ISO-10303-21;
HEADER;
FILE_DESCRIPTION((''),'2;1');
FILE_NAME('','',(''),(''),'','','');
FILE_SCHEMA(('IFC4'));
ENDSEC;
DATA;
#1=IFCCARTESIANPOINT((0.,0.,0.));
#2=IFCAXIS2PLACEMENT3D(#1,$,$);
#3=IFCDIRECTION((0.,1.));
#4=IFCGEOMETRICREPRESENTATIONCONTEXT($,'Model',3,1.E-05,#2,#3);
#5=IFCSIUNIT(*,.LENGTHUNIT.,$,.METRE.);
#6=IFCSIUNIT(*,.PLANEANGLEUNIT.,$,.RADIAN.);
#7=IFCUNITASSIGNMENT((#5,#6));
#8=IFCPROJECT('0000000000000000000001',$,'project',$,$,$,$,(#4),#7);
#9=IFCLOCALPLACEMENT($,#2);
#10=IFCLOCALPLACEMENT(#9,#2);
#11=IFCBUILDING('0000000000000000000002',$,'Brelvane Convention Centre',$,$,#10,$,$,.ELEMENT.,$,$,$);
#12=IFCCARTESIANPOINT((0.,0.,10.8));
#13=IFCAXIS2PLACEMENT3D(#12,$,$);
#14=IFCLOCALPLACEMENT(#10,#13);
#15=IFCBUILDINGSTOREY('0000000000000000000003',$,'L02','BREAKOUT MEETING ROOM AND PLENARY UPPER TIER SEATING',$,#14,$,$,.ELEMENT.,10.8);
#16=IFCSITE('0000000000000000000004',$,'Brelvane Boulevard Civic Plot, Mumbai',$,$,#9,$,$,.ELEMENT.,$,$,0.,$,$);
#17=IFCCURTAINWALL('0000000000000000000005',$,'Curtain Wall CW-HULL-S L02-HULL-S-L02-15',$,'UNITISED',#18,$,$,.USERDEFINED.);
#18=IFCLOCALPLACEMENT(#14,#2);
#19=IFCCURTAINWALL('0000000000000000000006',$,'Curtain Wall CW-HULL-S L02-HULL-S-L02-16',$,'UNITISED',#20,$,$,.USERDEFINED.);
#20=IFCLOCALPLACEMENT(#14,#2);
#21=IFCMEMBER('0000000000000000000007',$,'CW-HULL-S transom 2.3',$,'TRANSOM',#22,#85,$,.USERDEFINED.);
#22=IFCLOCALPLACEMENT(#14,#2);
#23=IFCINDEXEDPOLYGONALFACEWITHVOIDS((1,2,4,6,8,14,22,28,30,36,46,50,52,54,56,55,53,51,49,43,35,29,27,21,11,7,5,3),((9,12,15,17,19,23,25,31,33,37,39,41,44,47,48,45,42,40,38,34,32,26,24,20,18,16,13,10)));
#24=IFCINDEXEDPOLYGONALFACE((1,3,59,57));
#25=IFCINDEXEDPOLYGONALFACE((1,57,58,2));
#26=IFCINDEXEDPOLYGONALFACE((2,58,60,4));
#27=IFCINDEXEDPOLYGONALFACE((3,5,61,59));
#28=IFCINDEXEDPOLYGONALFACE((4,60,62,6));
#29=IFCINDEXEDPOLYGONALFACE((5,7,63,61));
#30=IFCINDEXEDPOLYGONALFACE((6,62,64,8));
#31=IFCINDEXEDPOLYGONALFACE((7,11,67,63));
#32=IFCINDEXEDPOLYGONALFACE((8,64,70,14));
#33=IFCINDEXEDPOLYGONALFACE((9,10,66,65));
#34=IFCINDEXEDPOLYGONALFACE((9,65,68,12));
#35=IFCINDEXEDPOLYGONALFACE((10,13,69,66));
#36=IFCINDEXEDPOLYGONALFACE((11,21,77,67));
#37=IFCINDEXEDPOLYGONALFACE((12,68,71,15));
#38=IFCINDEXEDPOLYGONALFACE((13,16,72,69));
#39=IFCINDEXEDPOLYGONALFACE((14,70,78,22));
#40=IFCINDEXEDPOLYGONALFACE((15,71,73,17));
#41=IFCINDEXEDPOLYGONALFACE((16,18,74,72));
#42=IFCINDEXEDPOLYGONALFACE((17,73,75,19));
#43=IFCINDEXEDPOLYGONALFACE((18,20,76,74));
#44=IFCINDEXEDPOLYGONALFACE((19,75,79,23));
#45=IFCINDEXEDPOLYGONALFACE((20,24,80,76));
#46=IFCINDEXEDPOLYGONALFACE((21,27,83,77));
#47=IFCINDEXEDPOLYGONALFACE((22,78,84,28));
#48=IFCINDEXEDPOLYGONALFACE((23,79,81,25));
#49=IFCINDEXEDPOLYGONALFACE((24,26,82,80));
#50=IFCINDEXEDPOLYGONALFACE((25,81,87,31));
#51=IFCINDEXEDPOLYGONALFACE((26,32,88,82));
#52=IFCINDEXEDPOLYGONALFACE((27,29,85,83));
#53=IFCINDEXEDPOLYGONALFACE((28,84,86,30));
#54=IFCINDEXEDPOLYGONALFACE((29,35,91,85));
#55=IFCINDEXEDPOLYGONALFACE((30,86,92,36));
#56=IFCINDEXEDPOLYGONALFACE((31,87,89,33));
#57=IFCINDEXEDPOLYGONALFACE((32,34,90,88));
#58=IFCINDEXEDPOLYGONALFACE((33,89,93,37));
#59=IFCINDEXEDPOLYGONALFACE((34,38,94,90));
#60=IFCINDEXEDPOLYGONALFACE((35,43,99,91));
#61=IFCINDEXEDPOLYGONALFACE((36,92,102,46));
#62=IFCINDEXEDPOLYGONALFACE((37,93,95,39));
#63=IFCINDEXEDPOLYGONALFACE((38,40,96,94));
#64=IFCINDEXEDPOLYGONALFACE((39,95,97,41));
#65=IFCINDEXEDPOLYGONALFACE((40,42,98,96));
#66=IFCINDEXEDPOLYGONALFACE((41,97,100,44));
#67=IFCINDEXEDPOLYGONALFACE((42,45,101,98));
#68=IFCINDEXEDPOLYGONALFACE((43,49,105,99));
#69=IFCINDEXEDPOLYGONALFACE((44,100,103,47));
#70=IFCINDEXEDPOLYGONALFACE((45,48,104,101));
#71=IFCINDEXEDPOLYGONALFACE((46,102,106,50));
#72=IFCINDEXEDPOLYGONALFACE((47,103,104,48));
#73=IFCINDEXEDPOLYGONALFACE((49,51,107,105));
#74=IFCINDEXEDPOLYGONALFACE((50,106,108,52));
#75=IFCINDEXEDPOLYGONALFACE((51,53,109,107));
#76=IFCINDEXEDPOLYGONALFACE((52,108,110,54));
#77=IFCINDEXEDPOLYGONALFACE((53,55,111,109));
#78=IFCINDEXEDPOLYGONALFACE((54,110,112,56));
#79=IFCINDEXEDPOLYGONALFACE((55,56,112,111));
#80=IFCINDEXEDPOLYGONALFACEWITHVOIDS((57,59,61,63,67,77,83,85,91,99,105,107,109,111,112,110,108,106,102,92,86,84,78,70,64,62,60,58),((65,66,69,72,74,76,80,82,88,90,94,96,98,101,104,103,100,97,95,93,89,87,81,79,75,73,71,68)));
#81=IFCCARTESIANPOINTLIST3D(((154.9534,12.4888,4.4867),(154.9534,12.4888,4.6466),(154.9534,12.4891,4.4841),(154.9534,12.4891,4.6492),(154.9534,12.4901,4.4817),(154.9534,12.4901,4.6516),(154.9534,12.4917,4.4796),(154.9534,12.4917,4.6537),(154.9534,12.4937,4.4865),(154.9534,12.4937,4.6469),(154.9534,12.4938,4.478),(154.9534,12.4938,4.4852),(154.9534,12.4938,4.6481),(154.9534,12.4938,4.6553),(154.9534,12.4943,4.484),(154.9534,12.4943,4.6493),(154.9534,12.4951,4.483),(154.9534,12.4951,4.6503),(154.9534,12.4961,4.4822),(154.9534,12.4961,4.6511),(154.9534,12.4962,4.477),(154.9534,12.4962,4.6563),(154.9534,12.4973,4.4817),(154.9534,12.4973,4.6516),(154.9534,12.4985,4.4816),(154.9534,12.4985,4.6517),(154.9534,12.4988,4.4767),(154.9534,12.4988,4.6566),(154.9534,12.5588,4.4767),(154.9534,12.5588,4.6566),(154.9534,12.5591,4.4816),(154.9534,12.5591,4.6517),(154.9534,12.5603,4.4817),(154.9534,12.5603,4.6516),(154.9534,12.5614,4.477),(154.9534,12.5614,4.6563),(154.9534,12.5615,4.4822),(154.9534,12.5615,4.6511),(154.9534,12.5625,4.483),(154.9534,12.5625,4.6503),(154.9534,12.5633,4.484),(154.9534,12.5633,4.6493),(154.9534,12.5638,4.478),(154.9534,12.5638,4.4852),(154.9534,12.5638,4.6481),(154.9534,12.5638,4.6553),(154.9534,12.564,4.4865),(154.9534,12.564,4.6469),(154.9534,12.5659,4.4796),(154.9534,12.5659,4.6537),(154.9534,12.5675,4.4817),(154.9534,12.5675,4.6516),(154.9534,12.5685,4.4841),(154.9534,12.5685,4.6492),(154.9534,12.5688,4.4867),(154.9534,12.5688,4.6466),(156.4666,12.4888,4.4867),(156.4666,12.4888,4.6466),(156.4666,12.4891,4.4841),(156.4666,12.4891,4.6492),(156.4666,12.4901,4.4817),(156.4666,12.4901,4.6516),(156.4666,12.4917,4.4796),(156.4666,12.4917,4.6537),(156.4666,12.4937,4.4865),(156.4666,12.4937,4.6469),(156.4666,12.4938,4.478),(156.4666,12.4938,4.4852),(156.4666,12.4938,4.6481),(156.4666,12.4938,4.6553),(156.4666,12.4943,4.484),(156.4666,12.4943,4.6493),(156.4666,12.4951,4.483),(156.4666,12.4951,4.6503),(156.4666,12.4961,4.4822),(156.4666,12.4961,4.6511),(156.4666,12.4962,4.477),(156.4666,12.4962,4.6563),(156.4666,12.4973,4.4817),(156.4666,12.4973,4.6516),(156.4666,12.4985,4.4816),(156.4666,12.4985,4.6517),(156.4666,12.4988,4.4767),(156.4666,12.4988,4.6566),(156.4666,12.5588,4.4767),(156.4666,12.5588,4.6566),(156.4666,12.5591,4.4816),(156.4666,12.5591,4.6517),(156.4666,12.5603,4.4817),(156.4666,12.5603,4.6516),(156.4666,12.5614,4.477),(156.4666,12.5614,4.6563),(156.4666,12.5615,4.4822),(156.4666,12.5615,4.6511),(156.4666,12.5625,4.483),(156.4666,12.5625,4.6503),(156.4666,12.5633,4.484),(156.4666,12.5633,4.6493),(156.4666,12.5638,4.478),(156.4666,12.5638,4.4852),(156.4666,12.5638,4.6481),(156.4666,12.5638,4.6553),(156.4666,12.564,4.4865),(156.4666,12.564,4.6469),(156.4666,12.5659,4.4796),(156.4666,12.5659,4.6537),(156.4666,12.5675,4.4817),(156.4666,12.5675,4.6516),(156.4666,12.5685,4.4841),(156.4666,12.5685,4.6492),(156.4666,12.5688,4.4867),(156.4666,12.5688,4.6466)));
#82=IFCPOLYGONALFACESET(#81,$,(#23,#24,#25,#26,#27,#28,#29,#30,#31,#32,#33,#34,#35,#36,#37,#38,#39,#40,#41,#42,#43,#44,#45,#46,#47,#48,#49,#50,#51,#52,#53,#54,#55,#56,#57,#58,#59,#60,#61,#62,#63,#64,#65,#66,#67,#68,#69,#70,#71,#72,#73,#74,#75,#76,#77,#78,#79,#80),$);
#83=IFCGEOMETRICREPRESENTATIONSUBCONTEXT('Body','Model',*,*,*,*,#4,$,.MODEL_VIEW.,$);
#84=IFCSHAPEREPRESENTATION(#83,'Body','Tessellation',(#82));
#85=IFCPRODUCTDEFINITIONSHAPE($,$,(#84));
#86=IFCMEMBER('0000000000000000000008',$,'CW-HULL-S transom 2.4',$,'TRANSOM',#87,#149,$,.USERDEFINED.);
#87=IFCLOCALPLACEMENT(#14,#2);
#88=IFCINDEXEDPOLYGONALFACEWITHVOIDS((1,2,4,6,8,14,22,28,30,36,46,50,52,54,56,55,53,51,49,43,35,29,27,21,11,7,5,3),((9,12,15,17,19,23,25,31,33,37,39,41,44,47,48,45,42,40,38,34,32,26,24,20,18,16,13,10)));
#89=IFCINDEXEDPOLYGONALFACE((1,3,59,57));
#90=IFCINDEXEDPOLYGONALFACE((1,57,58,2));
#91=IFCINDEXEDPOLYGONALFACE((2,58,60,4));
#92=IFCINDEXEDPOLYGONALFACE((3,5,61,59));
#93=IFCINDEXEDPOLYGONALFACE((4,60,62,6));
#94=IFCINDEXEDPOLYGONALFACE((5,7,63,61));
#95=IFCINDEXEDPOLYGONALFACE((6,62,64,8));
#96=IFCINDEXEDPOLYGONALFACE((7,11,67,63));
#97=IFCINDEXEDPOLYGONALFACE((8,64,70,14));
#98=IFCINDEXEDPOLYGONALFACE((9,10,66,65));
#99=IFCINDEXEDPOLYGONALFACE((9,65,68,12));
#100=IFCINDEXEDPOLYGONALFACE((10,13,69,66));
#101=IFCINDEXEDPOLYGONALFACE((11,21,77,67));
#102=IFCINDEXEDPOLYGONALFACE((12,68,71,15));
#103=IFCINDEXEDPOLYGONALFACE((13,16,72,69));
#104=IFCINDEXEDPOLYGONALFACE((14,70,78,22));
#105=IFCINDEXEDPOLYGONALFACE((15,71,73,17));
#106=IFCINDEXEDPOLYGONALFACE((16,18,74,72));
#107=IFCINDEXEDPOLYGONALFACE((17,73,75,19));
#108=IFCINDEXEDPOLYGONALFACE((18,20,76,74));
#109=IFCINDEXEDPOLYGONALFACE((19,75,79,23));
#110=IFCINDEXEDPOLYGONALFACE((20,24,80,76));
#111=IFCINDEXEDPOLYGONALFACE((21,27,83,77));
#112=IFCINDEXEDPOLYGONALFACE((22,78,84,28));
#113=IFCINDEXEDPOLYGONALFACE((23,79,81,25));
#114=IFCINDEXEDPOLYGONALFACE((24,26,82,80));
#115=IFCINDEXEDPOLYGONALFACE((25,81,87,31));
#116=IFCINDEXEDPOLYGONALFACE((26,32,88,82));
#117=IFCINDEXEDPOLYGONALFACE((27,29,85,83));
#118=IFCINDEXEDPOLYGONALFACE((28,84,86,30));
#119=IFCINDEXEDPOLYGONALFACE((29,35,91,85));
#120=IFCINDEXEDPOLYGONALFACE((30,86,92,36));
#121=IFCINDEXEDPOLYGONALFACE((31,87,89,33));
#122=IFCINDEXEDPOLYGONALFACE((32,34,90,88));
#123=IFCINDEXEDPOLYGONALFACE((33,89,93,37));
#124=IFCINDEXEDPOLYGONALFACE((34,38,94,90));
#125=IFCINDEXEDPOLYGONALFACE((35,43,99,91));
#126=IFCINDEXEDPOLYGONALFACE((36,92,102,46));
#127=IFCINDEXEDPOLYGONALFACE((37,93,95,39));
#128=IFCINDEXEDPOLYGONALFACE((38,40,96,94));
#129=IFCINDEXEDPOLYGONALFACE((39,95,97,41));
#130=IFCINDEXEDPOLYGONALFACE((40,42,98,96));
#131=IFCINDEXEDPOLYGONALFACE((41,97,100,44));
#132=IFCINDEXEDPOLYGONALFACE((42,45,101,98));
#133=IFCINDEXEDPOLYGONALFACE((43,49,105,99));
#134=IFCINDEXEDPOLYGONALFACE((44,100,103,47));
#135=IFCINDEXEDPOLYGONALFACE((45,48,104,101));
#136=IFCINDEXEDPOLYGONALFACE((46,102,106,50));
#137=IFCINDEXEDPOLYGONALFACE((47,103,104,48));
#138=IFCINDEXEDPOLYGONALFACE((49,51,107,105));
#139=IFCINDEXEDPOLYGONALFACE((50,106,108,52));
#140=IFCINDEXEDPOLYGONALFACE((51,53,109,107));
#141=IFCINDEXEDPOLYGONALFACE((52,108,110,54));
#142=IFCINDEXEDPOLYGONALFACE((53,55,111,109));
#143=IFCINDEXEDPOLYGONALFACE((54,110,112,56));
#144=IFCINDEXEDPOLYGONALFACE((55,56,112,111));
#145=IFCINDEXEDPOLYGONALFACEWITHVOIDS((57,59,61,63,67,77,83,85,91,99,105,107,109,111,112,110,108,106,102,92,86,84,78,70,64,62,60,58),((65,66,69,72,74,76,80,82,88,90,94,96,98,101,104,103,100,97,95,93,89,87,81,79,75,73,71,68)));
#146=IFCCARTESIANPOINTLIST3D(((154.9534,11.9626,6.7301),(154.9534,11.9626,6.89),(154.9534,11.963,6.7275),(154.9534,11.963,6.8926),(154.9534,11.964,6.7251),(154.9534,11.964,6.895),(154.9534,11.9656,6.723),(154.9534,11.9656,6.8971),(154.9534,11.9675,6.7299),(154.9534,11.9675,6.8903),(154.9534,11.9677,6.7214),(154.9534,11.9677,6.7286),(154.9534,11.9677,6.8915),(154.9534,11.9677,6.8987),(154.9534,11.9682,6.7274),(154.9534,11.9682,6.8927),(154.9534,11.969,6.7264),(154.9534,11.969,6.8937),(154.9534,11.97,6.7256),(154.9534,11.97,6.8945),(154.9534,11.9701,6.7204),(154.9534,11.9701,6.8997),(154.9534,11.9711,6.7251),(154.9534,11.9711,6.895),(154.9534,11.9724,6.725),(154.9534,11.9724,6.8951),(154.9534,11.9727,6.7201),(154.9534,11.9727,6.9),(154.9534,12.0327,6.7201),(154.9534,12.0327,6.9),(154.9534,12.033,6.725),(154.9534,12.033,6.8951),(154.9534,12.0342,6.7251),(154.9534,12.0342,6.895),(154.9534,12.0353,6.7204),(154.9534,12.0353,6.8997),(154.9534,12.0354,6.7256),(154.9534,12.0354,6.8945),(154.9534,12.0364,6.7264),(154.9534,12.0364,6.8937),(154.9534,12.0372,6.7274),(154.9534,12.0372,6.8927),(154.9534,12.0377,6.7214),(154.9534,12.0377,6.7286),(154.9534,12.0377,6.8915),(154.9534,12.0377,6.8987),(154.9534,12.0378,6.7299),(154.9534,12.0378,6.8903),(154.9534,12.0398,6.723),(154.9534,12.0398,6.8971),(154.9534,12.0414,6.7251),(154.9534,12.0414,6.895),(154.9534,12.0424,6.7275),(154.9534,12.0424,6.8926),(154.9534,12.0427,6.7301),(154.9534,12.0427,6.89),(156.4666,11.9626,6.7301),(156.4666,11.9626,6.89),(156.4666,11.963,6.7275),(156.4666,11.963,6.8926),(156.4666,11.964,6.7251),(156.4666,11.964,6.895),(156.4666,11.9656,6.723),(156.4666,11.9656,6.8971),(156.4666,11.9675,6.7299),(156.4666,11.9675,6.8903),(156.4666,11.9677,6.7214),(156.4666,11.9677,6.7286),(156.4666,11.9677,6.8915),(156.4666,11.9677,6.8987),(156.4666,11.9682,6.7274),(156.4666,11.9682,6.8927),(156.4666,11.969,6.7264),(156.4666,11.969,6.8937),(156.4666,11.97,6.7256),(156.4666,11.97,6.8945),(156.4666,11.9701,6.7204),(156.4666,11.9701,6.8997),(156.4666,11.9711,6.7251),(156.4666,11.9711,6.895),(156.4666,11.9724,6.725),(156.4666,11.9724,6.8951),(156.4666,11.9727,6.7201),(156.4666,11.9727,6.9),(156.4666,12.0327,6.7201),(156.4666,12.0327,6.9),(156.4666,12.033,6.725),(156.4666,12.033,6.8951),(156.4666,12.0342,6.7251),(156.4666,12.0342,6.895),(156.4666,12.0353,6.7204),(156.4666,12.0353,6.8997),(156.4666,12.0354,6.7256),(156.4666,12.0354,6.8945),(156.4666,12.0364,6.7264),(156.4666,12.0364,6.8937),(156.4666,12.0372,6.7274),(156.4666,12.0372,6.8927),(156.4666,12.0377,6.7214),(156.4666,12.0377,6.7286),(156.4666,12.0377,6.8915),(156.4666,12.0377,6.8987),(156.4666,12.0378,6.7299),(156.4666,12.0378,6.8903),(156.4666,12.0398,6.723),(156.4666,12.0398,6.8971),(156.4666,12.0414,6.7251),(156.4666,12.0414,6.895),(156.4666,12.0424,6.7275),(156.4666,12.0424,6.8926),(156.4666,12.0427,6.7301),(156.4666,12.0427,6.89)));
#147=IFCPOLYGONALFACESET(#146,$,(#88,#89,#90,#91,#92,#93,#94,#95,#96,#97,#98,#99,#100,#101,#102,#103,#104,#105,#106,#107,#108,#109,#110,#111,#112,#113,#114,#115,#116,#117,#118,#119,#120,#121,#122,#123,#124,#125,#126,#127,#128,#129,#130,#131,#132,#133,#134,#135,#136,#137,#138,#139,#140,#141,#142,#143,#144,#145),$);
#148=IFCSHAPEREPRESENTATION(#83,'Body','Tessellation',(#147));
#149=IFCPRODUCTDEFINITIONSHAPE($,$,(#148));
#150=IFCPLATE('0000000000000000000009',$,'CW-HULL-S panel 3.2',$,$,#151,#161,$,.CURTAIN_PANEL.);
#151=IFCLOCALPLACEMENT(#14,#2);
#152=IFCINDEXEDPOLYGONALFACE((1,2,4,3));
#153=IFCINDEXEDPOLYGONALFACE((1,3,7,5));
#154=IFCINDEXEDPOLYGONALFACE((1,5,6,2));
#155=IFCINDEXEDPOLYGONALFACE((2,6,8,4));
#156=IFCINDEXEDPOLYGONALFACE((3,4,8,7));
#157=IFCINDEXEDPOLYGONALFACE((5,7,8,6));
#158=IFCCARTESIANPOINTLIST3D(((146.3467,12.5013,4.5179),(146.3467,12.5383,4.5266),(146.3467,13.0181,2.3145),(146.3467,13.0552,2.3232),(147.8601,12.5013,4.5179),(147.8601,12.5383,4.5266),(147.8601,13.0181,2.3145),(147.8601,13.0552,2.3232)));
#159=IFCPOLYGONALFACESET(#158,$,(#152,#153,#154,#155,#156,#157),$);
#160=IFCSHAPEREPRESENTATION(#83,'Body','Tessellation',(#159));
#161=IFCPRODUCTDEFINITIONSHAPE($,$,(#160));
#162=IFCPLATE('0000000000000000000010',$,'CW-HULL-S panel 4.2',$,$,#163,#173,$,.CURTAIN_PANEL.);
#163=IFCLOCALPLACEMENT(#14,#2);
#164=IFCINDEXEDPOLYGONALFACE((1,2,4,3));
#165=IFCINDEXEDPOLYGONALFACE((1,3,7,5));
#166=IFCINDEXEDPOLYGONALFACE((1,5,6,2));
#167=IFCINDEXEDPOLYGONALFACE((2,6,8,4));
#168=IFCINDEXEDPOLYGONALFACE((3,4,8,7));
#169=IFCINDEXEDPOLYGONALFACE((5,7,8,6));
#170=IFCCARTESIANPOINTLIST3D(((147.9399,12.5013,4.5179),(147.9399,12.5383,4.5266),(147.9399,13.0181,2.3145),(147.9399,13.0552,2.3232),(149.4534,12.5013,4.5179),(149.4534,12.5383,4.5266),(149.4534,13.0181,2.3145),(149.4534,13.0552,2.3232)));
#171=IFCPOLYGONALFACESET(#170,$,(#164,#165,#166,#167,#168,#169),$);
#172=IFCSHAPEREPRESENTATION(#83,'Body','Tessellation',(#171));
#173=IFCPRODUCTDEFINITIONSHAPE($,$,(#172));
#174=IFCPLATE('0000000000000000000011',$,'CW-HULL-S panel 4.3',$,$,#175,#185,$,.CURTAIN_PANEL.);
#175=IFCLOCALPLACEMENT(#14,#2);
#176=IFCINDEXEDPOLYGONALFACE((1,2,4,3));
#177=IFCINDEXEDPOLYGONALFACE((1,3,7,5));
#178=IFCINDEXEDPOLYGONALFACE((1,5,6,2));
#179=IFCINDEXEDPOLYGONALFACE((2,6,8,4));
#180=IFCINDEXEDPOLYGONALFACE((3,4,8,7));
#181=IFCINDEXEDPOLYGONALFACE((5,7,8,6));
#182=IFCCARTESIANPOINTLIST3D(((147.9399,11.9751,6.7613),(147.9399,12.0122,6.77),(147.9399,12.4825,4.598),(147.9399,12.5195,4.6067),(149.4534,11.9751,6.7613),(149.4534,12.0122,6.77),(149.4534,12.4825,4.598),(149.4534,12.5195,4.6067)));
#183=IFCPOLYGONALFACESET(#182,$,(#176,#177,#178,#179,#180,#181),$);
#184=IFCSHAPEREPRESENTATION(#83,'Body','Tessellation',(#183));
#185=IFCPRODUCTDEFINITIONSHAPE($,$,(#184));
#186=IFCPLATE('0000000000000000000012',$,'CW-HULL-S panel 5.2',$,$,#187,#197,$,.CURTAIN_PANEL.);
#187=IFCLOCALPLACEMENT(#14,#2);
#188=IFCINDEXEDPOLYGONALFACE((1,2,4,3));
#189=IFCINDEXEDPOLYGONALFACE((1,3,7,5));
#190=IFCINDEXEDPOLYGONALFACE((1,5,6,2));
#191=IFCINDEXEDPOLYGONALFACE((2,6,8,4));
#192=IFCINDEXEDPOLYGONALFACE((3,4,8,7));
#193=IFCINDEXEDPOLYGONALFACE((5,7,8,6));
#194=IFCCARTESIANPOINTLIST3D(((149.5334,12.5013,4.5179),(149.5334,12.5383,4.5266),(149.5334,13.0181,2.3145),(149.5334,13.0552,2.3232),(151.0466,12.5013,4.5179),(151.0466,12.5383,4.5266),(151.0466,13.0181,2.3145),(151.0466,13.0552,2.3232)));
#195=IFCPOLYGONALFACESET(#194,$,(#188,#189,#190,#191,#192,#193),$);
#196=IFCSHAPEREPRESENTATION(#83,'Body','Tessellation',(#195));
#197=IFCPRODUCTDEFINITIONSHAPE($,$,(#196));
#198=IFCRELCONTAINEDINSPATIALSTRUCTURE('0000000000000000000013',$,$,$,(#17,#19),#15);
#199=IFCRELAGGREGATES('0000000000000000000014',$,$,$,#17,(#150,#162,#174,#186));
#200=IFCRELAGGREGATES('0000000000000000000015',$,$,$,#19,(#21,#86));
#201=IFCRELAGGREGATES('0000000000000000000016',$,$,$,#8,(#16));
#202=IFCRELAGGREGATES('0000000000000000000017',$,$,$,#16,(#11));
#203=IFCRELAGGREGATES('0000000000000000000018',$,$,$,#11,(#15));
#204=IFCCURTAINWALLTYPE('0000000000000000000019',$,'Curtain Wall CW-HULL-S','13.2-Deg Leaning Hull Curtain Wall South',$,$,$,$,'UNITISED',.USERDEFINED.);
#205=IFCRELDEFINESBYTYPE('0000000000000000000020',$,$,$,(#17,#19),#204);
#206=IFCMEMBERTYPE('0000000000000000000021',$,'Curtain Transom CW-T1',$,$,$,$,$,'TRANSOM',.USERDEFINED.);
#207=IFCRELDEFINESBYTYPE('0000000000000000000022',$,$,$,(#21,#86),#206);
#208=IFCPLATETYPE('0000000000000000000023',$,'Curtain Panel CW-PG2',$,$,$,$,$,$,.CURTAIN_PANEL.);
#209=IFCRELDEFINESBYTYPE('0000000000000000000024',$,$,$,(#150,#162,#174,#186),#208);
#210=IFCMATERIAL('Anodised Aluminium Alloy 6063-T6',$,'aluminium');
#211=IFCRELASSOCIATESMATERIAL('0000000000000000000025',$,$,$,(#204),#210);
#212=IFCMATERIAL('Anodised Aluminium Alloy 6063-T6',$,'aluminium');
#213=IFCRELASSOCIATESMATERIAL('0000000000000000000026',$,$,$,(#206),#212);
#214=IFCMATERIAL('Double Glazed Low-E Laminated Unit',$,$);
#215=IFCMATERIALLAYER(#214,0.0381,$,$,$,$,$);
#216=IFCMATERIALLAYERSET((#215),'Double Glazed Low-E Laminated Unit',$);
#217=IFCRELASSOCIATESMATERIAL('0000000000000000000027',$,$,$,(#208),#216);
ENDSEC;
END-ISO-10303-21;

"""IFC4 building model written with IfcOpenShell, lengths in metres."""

from ifc_helpers import new_model, si_unit, direction, frame, origin, origin_2d, place, context, subcontext, project, spatial, polyline, hollow_rectangle, outline, extrude, material, layer, layer_set, material_profile, profile_set, type_object, element, aggregate, save


model = new_model("IFC4")

# Units and contexts
model_context = context("Model", 3, precision=1e-05, world=origin(), true_north=direction((0.0, 1.0)))
body_context = subcontext(model_context, "Body", "Model", "MODEL_VIEW")
ifc_project = project(units=[si_unit("LENGTHUNIT", "METRE"), si_unit("PLANEANGLEUNIT", "RADIAN")], contexts=[model_context])

# Site, building, storey
site_placement = place(None, origin())
site = spatial("IfcSite", under=ifc_project, at=site_placement, Name="Brelvane Boulevard Civic Plot, Mumbai", CompositionType="ELEMENT", RefElevation=0.0)
building_placement = place(site_placement, origin())
building = spatial("IfcBuilding", under=site, at=building_placement, Name="Brelvane Convention Centre", CompositionType="ELEMENT")
storey_placement = place(building_placement, frame((0.0, 0.0, 10.8)))
storey = spatial("IfcBuildingStorey", under=building, at=storey_placement, Name="L02", Description="BREAKOUT MEETING ROOM AND PLENARY UPPER TIER SEATING", CompositionType="ELEMENT", Elevation=10.8)

# Curtain walls, members
ifc_material_1 = material(Name="Anodised Aluminium Alloy 6063-T6", Category="aluminium")
curtain_wall_type = type_object("IfcCurtainWallType", Name="Curtain Wall CW-HULL-S", Description="13.2-Deg Leaning Hull Curtain Wall South", ElementType="UNITISED", PredefinedType="USERDEFINED", material=ifc_material_1)
curtain_wall_1_placement = place(storey_placement, origin())
curtain_wall_1 = element("IfcCurtainWall", 1, at=curtain_wall_1_placement, inside=storey, type_object=curtain_wall_type, Name="Curtain Wall CW-HULL-S L02-HULL-S-L02-15", ObjectType="UNITISED", PredefinedType="USERDEFINED")
ifc_material_2 = material(Name="Anodised Aluminium Alloy 6063-T6", Category="aluminium")
ifc_material_profile = material_profile(ifc_material_2, hollow_rectangle(XDim=0.0801, YDim=0.1799, WallThickness=0.0049, InnerFilletRadius=0.0049, OuterFilletRadius=0.01, at=origin_2d()), Name="ALU-T 180x80x5.0")
ifc_profile_set = profile_set([ifc_material_profile], Name="Anodised Aluminium Alloy 6063-T6")
member_type = type_object("IfcMemberType", Name="Curtain Transom CW-T1", ElementType="TRANSOM", PredefinedType="USERDEFINED", material=ifc_profile_set)
curtain_wall_2_placement = place(storey_placement, origin())
curtain_wall_2 = element("IfcCurtainWall", 2, at=curtain_wall_2_placement, inside=storey, type_object=curtain_wall_type, Name="Curtain Wall CW-HULL-S L02-HULL-S-L02-16", ObjectType="UNITISED", PredefinedType="USERDEFINED")
member_1_placement = place(storey_placement, frame((154.9534, 12.5288, 4.5667), z_axis=(1.0, 0.0, 0.0), x_axis=(0.0, 1.0, 0.0)))
member_1 = element("IfcMember", 3, at=member_1_placement, type_object=member_type, Name="CW-HULL-S transom 2.3", ObjectType="TRANSOM", PredefinedType="USERDEFINED", context=body_context, shape_type="SweptSolid", body=[
    extrude(hollow_rectangle(XDim=0.0801, YDim=0.1799, WallThickness=0.0049, InnerFilletRadius=0.0049, OuterFilletRadius=0.01, at=origin_2d()), origin(), (0.0, 0.0, 1.0), 1.5132),
])
member_2_placement = place(storey_placement, frame((154.9534, 12.0027, 6.8101), z_axis=(1.0, 0.0, 0.0), x_axis=(0.0, 1.0, 0.0)))
member_2 = element("IfcMember", 4, at=member_2_placement, type_object=member_type, Name="CW-HULL-S transom 2.4", ObjectType="TRANSOM", PredefinedType="USERDEFINED", context=body_context, shape_type="SweptSolid", body=[
    extrude(hollow_rectangle(XDim=0.0801, YDim=0.1799, WallThickness=0.0049, InnerFilletRadius=0.0049, OuterFilletRadius=0.01, at=origin_2d()), origin(), (0.0, 0.0, 1.0), 1.5132),
])

# Plates
ifc_material_3 = material(Name="Double Glazed Low-E Laminated Unit")
ifc_layer_1 = layer(ifc_material_3, 0.0381)
ifc_layer_set_1 = layer_set([ifc_layer_1], Name="Double Glazed Low-E Laminated Unit")
plate_type_1 = type_object("IfcPlateType", Name="Curtain Panel CW-PG2", PredefinedType="CURTAIN_PANEL", material=ifc_layer_set_1)
plate_1_placement = place(storey_placement, frame((146.3467, 13.0552, 2.3232), z_axis=(0.0, 0.973574, 0.228372), x_axis=(1.0, 0.0, 0.0)))
plate_1 = element("IfcPlate", 5, at=plate_1_placement, type_object=plate_type_1, Name="CW-HULL-S panel 3.2", PredefinedType="CURTAIN_PANEL", context=body_context, shape_type="SweptSolid", body=[
    extrude(outline(polyline([(0.0, 0.0), (1.5134, 0.0), (1.5134, -2.2632), (0.0, -2.2632), (0.0, 0.0)])), origin(), (0.0, 0.0, -1.0), 0.0381),
])
plate_2_placement = place(storey_placement, frame((147.9399, 13.0552, 2.3232), z_axis=(0.0, 0.973574, 0.228372), x_axis=(1.0, 0.0, 0.0)))
plate_2 = element("IfcPlate", 6, at=plate_2_placement, type_object=plate_type_1, Name="CW-HULL-S panel 4.2", PredefinedType="CURTAIN_PANEL", context=body_context, shape_type="SweptSolid", body=[
    extrude(outline(polyline([(0.0, 0.0), (1.5134, 0.0), (1.5134, -2.2632), (0.0, -2.2632), (0.0, 0.0)])), origin(), (0.0, 0.0, -1.0), 0.0381),
])
plate_3_placement = place(storey_placement, frame((147.9399, 12.5195, 4.6067), z_axis=(0.0, 0.973587, 0.228317), x_axis=(1.0, 0.0, 0.0)))
plate_3 = element("IfcPlate", 7, at=plate_3_placement, type_object=plate_type_1, Name="CW-HULL-S panel 4.3", PredefinedType="CURTAIN_PANEL", context=body_context, shape_type="SweptSolid", body=[
    extrude(outline(polyline([(0.0, 0.0), (1.5134, 0.0), (1.5134, -2.222), (0.0, -2.222), (0.0, 0.0)])), origin(), (0.0, 0.0, -1.0), 0.0381),
])
plate_4_placement = place(storey_placement, frame((149.5334, 13.0552, 2.3232), z_axis=(0.0, 0.973574, 0.228372), x_axis=(1.0, 0.0, 0.0)))
plate_4 = element("IfcPlate", 8, at=plate_4_placement, type_object=plate_type_1, Name="CW-HULL-S panel 5.2", PredefinedType="CURTAIN_PANEL", context=body_context, shape_type="SweptSolid", body=[
    extrude(outline(polyline([(0.0, 0.0), (1.5132, 0.0), (1.5132, -2.2632), (0.0, -2.2632), (0.0, 0.0)])), origin(), (0.0, 0.0, -1.0), 0.0381),
])
aggregate(curtain_wall_1, [plate_1, plate_2, plate_3, plate_4])
aggregate(curtain_wall_2, [member_1, member_2])

save(model, "model.ifc")
